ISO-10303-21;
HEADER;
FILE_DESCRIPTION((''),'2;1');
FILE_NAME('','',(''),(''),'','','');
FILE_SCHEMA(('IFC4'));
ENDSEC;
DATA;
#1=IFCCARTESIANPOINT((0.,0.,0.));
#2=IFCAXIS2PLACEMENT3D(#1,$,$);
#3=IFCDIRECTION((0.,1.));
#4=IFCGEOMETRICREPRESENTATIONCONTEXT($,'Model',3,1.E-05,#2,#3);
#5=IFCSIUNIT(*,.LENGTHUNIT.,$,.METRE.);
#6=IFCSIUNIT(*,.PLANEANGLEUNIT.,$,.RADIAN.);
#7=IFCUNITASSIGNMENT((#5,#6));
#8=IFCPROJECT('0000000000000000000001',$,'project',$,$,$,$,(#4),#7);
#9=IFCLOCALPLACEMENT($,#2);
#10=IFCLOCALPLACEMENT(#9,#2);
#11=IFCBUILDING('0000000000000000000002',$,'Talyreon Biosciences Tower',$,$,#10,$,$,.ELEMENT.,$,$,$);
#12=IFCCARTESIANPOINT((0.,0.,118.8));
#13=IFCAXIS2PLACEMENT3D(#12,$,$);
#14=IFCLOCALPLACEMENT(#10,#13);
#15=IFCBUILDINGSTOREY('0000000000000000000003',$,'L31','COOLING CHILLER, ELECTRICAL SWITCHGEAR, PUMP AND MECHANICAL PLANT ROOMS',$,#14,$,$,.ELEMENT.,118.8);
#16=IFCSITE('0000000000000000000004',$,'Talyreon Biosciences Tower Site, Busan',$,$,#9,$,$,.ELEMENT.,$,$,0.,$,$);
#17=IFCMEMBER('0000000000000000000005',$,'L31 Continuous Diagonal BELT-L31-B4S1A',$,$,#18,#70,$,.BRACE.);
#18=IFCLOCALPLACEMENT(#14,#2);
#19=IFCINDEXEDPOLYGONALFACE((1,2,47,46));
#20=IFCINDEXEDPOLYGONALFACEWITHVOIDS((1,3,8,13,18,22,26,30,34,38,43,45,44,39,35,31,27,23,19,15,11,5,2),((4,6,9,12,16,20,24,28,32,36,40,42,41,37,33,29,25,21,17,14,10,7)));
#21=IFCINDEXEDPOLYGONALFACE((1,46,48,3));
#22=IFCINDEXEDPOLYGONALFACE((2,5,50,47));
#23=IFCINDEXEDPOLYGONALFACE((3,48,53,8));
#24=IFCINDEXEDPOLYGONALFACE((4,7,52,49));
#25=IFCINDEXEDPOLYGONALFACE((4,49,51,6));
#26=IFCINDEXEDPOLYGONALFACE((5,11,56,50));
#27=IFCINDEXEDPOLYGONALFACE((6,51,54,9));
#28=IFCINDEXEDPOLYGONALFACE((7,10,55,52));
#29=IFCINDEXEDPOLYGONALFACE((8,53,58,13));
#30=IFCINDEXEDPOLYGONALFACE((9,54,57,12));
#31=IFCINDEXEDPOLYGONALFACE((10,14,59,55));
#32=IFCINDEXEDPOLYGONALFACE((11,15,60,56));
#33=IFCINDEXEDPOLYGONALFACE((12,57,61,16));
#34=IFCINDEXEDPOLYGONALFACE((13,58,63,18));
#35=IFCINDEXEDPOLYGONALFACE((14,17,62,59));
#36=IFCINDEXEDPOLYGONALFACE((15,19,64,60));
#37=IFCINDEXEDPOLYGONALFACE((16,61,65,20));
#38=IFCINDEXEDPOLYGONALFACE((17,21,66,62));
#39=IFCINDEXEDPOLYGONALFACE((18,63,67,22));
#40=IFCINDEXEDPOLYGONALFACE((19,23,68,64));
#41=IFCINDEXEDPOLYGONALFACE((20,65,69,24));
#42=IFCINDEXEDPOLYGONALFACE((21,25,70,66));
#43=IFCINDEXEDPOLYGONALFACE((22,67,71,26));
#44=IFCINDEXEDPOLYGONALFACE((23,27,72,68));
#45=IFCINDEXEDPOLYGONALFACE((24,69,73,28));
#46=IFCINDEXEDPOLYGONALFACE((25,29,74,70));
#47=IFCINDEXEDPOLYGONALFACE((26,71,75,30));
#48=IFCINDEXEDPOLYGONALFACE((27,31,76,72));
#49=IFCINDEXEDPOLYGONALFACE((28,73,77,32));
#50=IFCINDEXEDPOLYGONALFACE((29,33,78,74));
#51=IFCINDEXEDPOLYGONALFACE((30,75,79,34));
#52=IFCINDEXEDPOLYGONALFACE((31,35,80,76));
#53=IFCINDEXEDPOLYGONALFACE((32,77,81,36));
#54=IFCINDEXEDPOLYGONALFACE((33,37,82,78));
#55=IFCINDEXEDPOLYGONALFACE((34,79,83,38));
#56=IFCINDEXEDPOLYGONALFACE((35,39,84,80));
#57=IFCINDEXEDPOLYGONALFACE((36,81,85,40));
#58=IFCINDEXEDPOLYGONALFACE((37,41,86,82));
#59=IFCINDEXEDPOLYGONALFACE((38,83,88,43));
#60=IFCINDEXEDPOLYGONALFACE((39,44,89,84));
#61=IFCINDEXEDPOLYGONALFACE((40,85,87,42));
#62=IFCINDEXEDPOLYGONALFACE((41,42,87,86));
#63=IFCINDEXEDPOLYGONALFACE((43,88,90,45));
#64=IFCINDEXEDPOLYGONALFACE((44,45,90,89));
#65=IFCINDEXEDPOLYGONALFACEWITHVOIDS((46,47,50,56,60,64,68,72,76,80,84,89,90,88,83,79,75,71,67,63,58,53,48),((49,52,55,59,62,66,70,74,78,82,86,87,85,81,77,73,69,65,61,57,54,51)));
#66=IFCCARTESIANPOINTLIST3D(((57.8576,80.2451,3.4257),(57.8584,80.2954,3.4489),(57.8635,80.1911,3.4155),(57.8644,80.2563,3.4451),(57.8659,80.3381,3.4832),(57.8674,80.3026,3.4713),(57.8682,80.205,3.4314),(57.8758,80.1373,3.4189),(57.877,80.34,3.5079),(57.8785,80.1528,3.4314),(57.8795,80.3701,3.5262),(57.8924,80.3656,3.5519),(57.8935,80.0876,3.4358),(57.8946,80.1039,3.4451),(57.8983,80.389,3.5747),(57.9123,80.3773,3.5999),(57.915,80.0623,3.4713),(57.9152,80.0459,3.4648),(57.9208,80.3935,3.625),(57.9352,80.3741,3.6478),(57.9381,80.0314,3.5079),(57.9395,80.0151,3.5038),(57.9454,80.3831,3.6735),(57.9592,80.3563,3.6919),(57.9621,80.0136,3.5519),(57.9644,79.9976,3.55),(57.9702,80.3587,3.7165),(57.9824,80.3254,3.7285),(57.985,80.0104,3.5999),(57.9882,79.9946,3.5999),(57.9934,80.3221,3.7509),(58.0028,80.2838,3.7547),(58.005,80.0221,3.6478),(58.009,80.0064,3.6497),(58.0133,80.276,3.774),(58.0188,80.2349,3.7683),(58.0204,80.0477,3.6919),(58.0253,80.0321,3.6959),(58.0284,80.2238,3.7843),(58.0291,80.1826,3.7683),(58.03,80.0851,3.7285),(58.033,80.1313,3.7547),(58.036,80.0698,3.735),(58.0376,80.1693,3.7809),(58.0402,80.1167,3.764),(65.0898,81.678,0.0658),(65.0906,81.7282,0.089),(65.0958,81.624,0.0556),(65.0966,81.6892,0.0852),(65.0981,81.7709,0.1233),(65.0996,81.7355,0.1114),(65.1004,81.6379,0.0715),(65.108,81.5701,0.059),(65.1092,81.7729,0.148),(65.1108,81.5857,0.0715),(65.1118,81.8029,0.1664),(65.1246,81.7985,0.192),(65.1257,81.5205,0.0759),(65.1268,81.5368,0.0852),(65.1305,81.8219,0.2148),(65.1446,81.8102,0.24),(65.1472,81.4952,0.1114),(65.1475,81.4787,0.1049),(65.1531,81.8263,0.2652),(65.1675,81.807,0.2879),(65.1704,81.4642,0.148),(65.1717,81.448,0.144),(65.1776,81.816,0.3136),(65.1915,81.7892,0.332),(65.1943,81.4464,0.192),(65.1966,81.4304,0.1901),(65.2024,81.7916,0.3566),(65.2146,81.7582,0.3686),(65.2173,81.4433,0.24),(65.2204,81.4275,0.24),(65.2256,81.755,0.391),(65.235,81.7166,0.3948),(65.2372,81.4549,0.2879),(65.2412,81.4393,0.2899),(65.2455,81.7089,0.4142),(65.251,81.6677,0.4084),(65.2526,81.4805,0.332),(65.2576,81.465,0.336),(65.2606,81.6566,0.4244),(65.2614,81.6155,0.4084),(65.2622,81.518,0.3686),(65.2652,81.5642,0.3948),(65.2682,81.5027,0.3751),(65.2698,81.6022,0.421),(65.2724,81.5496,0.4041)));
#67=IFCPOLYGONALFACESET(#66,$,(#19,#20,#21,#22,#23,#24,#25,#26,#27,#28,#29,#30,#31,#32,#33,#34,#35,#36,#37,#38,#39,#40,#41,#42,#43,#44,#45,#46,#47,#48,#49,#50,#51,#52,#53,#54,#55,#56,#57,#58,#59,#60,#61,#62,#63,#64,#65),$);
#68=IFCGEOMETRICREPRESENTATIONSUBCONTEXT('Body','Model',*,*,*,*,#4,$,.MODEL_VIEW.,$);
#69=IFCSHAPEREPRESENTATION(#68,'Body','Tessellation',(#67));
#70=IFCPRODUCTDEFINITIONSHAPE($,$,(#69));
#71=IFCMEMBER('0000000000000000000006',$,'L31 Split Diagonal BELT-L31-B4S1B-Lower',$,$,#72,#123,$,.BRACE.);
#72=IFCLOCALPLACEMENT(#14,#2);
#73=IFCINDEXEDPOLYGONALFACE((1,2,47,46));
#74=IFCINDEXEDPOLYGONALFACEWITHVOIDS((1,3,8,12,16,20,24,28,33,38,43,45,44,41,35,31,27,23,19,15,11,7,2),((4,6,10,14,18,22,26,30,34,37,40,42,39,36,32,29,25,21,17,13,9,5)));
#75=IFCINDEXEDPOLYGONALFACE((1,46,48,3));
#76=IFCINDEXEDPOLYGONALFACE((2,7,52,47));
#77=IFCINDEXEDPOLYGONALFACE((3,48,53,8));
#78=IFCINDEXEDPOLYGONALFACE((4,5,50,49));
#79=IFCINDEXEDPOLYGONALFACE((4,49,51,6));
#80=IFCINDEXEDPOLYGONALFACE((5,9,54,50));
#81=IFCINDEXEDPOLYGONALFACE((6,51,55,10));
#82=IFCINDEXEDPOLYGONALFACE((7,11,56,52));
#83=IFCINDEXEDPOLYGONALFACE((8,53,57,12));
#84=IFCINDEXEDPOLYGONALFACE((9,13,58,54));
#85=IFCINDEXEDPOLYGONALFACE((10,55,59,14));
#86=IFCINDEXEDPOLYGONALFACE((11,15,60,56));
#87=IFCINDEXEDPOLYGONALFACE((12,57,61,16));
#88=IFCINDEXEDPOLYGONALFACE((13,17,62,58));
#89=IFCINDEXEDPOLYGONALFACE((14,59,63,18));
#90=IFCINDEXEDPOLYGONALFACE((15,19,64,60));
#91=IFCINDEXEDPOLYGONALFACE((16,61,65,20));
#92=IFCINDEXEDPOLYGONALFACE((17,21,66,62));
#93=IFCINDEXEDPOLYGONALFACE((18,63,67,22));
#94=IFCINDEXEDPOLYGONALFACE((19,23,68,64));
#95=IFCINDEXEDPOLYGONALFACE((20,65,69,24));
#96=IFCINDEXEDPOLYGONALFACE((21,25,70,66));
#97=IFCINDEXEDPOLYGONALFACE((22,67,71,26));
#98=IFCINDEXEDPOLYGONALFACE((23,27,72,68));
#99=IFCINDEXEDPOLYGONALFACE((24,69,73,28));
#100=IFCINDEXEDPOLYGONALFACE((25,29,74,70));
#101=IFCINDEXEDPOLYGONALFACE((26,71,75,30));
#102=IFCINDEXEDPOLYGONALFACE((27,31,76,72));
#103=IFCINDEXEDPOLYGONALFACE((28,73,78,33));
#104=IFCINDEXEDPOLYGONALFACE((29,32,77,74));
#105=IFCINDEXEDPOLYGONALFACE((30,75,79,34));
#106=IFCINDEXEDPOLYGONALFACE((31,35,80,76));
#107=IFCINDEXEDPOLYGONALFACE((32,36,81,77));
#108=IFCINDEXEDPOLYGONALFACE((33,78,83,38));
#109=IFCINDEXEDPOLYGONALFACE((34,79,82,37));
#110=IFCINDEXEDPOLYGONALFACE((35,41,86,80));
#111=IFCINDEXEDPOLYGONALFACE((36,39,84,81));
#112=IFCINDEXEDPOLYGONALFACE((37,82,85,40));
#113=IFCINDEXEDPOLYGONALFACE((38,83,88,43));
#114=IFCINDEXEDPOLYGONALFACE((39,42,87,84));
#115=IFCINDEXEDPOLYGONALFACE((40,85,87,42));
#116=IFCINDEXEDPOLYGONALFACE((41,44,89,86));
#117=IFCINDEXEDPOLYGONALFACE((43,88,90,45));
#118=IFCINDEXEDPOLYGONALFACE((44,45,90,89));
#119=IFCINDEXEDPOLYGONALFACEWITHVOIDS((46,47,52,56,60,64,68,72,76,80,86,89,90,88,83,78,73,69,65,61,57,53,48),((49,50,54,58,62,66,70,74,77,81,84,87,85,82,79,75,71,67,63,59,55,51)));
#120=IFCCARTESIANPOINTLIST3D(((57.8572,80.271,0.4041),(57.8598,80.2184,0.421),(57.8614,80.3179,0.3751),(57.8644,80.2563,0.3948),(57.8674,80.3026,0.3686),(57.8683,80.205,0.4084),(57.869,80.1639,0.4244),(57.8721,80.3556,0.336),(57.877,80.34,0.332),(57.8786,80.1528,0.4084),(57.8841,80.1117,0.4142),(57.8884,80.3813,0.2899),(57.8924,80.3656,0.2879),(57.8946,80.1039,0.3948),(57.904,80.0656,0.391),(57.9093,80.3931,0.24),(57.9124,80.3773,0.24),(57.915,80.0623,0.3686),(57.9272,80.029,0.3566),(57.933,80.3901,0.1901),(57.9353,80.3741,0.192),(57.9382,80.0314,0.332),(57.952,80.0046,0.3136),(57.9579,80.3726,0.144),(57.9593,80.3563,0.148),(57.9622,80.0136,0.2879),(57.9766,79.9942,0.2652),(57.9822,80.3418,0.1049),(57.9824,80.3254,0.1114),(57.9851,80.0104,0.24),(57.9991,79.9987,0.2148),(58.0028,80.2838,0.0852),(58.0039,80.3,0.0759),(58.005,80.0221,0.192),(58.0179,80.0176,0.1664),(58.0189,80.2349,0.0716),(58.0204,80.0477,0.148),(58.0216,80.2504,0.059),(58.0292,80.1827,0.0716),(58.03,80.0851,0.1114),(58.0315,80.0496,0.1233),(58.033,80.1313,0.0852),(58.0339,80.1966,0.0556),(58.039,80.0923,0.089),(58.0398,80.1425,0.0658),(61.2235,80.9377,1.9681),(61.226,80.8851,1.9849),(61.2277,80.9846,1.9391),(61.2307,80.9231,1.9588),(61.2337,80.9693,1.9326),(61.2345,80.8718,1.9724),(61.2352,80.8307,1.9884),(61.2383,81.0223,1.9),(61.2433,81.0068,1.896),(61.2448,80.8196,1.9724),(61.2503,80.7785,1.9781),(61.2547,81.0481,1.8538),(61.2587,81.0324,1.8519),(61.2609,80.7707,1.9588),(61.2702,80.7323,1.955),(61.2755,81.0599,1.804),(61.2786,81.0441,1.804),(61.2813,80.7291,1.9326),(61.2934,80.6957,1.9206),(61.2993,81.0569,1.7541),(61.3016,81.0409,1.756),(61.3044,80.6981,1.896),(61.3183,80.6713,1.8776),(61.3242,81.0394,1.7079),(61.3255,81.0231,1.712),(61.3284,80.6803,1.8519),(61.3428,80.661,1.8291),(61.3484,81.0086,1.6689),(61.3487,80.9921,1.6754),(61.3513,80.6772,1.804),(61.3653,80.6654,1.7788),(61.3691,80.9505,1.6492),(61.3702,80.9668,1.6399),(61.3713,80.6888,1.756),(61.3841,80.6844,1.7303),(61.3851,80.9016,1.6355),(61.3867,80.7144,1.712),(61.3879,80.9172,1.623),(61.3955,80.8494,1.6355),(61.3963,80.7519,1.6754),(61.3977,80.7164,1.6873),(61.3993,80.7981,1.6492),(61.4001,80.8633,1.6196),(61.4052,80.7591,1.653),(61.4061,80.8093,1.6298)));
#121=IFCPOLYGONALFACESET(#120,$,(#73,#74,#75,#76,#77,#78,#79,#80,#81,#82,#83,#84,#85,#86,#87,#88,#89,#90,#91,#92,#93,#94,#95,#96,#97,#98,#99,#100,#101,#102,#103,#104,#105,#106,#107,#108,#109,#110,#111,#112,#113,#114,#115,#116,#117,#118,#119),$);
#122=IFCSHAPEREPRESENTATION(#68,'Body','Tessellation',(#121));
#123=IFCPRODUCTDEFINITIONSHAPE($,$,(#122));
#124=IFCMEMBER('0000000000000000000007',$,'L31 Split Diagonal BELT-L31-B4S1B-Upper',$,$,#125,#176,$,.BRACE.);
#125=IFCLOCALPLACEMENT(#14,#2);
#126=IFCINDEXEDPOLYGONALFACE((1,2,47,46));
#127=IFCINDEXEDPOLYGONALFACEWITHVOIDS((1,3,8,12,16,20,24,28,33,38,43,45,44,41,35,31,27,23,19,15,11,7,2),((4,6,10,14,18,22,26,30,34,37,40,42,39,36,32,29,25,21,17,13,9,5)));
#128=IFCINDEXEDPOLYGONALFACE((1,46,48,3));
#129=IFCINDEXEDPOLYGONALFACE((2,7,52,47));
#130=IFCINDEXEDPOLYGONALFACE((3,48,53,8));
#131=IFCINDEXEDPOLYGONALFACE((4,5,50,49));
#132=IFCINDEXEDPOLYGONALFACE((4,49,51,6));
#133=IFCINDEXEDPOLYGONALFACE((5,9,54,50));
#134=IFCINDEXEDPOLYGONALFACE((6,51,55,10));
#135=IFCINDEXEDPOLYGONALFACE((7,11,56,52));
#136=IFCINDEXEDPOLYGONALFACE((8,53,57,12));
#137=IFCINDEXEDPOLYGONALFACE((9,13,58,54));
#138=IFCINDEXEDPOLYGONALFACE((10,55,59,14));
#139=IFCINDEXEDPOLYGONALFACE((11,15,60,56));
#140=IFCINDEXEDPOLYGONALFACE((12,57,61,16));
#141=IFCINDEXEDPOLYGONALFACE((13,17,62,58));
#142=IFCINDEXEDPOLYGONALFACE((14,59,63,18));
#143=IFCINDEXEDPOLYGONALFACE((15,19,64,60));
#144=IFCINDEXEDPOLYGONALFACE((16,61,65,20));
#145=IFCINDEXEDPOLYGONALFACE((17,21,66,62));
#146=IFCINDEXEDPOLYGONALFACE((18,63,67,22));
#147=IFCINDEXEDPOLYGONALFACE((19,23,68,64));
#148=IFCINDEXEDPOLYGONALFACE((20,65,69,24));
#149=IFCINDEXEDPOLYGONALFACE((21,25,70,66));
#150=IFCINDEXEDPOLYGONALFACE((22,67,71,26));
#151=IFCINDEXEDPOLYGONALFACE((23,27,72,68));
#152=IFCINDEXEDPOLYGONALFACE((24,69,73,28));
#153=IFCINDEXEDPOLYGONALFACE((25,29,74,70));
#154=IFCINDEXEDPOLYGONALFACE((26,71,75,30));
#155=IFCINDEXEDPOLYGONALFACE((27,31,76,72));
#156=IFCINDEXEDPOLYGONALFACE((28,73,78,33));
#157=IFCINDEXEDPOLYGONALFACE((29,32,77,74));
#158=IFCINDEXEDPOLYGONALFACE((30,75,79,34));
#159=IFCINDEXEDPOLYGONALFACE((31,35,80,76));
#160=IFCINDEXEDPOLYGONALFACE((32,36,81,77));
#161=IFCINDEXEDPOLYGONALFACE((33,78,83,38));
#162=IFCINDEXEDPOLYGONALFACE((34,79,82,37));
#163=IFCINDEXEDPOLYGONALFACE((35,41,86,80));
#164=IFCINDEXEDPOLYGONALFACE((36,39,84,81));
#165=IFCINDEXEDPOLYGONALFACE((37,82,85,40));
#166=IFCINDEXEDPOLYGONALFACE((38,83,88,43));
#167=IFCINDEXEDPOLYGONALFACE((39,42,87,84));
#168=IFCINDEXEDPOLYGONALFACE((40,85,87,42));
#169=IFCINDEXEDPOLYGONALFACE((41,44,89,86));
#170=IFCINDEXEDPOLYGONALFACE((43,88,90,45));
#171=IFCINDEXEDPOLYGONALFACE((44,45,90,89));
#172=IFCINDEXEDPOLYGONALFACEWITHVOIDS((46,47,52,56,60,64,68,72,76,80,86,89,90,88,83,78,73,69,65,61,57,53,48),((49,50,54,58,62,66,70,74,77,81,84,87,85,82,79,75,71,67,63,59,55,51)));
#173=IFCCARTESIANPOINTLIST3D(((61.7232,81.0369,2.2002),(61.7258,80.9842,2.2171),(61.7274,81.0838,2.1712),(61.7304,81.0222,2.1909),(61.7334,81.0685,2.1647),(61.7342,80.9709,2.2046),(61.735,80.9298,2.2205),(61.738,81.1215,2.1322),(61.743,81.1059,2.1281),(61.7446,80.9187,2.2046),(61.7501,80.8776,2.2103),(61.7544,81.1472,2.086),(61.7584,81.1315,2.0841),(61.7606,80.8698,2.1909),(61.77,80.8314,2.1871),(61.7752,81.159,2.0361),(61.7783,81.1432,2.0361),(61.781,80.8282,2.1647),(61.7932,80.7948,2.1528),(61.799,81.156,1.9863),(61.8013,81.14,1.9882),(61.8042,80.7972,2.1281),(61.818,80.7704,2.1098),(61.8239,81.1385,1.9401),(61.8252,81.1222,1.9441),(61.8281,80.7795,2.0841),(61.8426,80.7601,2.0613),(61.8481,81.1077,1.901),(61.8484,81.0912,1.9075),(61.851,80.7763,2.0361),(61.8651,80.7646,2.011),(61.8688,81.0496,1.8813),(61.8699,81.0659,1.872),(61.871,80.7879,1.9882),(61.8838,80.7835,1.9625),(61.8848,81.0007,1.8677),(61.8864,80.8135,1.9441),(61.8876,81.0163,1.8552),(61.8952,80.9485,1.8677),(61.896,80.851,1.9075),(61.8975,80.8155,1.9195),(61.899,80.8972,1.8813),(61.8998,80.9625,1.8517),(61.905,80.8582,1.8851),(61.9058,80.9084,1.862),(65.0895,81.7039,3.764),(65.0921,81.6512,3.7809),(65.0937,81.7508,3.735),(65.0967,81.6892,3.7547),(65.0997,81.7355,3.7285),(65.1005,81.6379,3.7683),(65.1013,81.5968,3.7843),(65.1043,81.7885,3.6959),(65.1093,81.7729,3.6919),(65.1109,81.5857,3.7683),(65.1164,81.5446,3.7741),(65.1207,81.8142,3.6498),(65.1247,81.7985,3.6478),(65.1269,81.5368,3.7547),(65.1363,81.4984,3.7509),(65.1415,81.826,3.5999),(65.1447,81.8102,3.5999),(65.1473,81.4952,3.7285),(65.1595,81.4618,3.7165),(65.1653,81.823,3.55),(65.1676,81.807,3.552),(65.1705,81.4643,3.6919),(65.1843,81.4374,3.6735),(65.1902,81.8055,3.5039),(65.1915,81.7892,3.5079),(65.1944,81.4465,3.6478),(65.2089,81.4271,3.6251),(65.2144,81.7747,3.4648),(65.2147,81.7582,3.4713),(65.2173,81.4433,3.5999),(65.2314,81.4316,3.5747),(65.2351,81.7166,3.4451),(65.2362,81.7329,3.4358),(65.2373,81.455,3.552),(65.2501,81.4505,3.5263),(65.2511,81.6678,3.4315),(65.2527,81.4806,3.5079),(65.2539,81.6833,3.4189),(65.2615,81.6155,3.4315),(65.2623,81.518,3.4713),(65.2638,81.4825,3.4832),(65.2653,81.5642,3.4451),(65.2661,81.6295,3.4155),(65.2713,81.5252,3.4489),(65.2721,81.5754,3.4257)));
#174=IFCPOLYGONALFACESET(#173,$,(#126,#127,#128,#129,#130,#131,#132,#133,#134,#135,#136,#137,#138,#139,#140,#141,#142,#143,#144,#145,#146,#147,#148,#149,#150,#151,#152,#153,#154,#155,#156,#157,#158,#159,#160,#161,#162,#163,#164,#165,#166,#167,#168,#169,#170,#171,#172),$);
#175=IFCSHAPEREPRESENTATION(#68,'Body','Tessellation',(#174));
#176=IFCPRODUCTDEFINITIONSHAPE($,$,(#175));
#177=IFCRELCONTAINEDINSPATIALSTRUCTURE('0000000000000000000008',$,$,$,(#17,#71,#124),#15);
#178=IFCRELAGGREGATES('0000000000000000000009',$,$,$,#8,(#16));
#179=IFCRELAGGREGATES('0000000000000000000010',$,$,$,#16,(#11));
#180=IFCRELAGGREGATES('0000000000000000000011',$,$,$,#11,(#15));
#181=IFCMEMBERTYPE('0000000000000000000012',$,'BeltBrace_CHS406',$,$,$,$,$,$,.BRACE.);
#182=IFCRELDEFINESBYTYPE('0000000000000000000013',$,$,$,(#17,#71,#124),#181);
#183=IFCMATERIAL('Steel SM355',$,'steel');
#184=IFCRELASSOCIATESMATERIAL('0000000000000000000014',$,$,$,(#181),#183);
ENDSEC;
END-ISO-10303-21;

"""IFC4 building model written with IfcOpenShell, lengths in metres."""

from ifc_helpers import new_model, si_unit, direction, frame, origin, origin_2d, place, context, subcontext, project, spatial, hollow_circle, extrude, material, material_profile, profile_set, type_object, element, save


model = new_model("IFC4")

# Units and contexts
model_context = context("Model", 3, precision=1e-05, world=origin(), true_north=direction((0.0, 1.0)))
body_context = subcontext(model_context, "Body", "Model", "MODEL_VIEW")
ifc_project = project(units=[si_unit("LENGTHUNIT", "METRE"), si_unit("PLANEANGLEUNIT", "RADIAN")], contexts=[model_context])

# Site, building, storey
site_placement = place(None, origin())
site = spatial("IfcSite", under=ifc_project, at=site_placement, Name="Talyreon Biosciences Tower Site, Busan", CompositionType="ELEMENT", RefElevation=0.0)
building_placement = place(site_placement, origin())
building = spatial("IfcBuilding", under=site, at=building_placement, Name="Talyreon Biosciences Tower", CompositionType="ELEMENT")
storey_placement = place(building_placement, frame((0.0, 0.0, 118.8)))
storey = spatial("IfcBuildingStorey", under=building, at=storey_placement, Name="L31", Description="COOLING CHILLER, ELECTRICAL SWITCHGEAR, PUMP AND MECHANICAL PLANT ROOMS", CompositionType="ELEMENT", Elevation=118.8)

# Members
ifc_material_1 = material(Name="Steel SM355", Category="steel")
ifc_material_profile_1 = material_profile(ifc_material_1, hollow_circle(Radius=0.2031, WallThickness=0.0161, at=origin_2d()), Name="CHS 406.4x16")
ifc_profile_set_1 = profile_set([ifc_material_profile_1], Name="Steel SM355")
member_type_1 = type_object("IfcMemberType", Name="BeltBrace_CHS406", PredefinedType="BRACE", material=ifc_profile_set_1)
member_1_placement = place(storey_placement, frame((65.1809, 81.6267, 0.24), z_axis=(-0.892615, -0.176848, 0.414684), x_axis=(0.194345, -0.980933, 0.0)))
element("IfcMember", 1, at=member_1_placement, inside=storey, type_object=member_type_1, Name="L31 Continuous Diagonal BELT-L31-B4S1A", PredefinedType="BRACE", context=body_context, shape_type="SweptSolid", body=[
    extrude(hollow_circle(Radius=0.2031, WallThickness=0.0161, at=origin_2d()), origin(), (0.0, 0.0, 1.0), 8.1023),
])
for number, where, z_axis, x_axis, name in (
    (2, (57.9487, 80.1938, 0.24), (0.892611, 0.1768, 0.414713), (-0.194296, 0.980943, 0.0), "L31 Split Diagonal BELT-L31-B4S1B-Lower"),
    (3, (61.8147, 80.9597, 2.0361), (0.892625, 0.176868, 0.414655), (-0.194365, 0.980929, 0.0), "L31 Split Diagonal BELT-L31-B4S1B-Upper"),
):
    element("IfcMember", number, at=place(storey_placement, frame(where, z_axis=z_axis, x_axis=x_axis)), inside=storey, type_object=member_type_1, Name=name, PredefinedType="BRACE", context=body_context, shape_type="SweptSolid", body=[
        extrude(hollow_circle(Radius=0.2031, WallThickness=0.0161, at=origin_2d()), origin(), (0.0, 0.0, 1.0), 3.7712),
    ])

save(model, "model.ifc")
